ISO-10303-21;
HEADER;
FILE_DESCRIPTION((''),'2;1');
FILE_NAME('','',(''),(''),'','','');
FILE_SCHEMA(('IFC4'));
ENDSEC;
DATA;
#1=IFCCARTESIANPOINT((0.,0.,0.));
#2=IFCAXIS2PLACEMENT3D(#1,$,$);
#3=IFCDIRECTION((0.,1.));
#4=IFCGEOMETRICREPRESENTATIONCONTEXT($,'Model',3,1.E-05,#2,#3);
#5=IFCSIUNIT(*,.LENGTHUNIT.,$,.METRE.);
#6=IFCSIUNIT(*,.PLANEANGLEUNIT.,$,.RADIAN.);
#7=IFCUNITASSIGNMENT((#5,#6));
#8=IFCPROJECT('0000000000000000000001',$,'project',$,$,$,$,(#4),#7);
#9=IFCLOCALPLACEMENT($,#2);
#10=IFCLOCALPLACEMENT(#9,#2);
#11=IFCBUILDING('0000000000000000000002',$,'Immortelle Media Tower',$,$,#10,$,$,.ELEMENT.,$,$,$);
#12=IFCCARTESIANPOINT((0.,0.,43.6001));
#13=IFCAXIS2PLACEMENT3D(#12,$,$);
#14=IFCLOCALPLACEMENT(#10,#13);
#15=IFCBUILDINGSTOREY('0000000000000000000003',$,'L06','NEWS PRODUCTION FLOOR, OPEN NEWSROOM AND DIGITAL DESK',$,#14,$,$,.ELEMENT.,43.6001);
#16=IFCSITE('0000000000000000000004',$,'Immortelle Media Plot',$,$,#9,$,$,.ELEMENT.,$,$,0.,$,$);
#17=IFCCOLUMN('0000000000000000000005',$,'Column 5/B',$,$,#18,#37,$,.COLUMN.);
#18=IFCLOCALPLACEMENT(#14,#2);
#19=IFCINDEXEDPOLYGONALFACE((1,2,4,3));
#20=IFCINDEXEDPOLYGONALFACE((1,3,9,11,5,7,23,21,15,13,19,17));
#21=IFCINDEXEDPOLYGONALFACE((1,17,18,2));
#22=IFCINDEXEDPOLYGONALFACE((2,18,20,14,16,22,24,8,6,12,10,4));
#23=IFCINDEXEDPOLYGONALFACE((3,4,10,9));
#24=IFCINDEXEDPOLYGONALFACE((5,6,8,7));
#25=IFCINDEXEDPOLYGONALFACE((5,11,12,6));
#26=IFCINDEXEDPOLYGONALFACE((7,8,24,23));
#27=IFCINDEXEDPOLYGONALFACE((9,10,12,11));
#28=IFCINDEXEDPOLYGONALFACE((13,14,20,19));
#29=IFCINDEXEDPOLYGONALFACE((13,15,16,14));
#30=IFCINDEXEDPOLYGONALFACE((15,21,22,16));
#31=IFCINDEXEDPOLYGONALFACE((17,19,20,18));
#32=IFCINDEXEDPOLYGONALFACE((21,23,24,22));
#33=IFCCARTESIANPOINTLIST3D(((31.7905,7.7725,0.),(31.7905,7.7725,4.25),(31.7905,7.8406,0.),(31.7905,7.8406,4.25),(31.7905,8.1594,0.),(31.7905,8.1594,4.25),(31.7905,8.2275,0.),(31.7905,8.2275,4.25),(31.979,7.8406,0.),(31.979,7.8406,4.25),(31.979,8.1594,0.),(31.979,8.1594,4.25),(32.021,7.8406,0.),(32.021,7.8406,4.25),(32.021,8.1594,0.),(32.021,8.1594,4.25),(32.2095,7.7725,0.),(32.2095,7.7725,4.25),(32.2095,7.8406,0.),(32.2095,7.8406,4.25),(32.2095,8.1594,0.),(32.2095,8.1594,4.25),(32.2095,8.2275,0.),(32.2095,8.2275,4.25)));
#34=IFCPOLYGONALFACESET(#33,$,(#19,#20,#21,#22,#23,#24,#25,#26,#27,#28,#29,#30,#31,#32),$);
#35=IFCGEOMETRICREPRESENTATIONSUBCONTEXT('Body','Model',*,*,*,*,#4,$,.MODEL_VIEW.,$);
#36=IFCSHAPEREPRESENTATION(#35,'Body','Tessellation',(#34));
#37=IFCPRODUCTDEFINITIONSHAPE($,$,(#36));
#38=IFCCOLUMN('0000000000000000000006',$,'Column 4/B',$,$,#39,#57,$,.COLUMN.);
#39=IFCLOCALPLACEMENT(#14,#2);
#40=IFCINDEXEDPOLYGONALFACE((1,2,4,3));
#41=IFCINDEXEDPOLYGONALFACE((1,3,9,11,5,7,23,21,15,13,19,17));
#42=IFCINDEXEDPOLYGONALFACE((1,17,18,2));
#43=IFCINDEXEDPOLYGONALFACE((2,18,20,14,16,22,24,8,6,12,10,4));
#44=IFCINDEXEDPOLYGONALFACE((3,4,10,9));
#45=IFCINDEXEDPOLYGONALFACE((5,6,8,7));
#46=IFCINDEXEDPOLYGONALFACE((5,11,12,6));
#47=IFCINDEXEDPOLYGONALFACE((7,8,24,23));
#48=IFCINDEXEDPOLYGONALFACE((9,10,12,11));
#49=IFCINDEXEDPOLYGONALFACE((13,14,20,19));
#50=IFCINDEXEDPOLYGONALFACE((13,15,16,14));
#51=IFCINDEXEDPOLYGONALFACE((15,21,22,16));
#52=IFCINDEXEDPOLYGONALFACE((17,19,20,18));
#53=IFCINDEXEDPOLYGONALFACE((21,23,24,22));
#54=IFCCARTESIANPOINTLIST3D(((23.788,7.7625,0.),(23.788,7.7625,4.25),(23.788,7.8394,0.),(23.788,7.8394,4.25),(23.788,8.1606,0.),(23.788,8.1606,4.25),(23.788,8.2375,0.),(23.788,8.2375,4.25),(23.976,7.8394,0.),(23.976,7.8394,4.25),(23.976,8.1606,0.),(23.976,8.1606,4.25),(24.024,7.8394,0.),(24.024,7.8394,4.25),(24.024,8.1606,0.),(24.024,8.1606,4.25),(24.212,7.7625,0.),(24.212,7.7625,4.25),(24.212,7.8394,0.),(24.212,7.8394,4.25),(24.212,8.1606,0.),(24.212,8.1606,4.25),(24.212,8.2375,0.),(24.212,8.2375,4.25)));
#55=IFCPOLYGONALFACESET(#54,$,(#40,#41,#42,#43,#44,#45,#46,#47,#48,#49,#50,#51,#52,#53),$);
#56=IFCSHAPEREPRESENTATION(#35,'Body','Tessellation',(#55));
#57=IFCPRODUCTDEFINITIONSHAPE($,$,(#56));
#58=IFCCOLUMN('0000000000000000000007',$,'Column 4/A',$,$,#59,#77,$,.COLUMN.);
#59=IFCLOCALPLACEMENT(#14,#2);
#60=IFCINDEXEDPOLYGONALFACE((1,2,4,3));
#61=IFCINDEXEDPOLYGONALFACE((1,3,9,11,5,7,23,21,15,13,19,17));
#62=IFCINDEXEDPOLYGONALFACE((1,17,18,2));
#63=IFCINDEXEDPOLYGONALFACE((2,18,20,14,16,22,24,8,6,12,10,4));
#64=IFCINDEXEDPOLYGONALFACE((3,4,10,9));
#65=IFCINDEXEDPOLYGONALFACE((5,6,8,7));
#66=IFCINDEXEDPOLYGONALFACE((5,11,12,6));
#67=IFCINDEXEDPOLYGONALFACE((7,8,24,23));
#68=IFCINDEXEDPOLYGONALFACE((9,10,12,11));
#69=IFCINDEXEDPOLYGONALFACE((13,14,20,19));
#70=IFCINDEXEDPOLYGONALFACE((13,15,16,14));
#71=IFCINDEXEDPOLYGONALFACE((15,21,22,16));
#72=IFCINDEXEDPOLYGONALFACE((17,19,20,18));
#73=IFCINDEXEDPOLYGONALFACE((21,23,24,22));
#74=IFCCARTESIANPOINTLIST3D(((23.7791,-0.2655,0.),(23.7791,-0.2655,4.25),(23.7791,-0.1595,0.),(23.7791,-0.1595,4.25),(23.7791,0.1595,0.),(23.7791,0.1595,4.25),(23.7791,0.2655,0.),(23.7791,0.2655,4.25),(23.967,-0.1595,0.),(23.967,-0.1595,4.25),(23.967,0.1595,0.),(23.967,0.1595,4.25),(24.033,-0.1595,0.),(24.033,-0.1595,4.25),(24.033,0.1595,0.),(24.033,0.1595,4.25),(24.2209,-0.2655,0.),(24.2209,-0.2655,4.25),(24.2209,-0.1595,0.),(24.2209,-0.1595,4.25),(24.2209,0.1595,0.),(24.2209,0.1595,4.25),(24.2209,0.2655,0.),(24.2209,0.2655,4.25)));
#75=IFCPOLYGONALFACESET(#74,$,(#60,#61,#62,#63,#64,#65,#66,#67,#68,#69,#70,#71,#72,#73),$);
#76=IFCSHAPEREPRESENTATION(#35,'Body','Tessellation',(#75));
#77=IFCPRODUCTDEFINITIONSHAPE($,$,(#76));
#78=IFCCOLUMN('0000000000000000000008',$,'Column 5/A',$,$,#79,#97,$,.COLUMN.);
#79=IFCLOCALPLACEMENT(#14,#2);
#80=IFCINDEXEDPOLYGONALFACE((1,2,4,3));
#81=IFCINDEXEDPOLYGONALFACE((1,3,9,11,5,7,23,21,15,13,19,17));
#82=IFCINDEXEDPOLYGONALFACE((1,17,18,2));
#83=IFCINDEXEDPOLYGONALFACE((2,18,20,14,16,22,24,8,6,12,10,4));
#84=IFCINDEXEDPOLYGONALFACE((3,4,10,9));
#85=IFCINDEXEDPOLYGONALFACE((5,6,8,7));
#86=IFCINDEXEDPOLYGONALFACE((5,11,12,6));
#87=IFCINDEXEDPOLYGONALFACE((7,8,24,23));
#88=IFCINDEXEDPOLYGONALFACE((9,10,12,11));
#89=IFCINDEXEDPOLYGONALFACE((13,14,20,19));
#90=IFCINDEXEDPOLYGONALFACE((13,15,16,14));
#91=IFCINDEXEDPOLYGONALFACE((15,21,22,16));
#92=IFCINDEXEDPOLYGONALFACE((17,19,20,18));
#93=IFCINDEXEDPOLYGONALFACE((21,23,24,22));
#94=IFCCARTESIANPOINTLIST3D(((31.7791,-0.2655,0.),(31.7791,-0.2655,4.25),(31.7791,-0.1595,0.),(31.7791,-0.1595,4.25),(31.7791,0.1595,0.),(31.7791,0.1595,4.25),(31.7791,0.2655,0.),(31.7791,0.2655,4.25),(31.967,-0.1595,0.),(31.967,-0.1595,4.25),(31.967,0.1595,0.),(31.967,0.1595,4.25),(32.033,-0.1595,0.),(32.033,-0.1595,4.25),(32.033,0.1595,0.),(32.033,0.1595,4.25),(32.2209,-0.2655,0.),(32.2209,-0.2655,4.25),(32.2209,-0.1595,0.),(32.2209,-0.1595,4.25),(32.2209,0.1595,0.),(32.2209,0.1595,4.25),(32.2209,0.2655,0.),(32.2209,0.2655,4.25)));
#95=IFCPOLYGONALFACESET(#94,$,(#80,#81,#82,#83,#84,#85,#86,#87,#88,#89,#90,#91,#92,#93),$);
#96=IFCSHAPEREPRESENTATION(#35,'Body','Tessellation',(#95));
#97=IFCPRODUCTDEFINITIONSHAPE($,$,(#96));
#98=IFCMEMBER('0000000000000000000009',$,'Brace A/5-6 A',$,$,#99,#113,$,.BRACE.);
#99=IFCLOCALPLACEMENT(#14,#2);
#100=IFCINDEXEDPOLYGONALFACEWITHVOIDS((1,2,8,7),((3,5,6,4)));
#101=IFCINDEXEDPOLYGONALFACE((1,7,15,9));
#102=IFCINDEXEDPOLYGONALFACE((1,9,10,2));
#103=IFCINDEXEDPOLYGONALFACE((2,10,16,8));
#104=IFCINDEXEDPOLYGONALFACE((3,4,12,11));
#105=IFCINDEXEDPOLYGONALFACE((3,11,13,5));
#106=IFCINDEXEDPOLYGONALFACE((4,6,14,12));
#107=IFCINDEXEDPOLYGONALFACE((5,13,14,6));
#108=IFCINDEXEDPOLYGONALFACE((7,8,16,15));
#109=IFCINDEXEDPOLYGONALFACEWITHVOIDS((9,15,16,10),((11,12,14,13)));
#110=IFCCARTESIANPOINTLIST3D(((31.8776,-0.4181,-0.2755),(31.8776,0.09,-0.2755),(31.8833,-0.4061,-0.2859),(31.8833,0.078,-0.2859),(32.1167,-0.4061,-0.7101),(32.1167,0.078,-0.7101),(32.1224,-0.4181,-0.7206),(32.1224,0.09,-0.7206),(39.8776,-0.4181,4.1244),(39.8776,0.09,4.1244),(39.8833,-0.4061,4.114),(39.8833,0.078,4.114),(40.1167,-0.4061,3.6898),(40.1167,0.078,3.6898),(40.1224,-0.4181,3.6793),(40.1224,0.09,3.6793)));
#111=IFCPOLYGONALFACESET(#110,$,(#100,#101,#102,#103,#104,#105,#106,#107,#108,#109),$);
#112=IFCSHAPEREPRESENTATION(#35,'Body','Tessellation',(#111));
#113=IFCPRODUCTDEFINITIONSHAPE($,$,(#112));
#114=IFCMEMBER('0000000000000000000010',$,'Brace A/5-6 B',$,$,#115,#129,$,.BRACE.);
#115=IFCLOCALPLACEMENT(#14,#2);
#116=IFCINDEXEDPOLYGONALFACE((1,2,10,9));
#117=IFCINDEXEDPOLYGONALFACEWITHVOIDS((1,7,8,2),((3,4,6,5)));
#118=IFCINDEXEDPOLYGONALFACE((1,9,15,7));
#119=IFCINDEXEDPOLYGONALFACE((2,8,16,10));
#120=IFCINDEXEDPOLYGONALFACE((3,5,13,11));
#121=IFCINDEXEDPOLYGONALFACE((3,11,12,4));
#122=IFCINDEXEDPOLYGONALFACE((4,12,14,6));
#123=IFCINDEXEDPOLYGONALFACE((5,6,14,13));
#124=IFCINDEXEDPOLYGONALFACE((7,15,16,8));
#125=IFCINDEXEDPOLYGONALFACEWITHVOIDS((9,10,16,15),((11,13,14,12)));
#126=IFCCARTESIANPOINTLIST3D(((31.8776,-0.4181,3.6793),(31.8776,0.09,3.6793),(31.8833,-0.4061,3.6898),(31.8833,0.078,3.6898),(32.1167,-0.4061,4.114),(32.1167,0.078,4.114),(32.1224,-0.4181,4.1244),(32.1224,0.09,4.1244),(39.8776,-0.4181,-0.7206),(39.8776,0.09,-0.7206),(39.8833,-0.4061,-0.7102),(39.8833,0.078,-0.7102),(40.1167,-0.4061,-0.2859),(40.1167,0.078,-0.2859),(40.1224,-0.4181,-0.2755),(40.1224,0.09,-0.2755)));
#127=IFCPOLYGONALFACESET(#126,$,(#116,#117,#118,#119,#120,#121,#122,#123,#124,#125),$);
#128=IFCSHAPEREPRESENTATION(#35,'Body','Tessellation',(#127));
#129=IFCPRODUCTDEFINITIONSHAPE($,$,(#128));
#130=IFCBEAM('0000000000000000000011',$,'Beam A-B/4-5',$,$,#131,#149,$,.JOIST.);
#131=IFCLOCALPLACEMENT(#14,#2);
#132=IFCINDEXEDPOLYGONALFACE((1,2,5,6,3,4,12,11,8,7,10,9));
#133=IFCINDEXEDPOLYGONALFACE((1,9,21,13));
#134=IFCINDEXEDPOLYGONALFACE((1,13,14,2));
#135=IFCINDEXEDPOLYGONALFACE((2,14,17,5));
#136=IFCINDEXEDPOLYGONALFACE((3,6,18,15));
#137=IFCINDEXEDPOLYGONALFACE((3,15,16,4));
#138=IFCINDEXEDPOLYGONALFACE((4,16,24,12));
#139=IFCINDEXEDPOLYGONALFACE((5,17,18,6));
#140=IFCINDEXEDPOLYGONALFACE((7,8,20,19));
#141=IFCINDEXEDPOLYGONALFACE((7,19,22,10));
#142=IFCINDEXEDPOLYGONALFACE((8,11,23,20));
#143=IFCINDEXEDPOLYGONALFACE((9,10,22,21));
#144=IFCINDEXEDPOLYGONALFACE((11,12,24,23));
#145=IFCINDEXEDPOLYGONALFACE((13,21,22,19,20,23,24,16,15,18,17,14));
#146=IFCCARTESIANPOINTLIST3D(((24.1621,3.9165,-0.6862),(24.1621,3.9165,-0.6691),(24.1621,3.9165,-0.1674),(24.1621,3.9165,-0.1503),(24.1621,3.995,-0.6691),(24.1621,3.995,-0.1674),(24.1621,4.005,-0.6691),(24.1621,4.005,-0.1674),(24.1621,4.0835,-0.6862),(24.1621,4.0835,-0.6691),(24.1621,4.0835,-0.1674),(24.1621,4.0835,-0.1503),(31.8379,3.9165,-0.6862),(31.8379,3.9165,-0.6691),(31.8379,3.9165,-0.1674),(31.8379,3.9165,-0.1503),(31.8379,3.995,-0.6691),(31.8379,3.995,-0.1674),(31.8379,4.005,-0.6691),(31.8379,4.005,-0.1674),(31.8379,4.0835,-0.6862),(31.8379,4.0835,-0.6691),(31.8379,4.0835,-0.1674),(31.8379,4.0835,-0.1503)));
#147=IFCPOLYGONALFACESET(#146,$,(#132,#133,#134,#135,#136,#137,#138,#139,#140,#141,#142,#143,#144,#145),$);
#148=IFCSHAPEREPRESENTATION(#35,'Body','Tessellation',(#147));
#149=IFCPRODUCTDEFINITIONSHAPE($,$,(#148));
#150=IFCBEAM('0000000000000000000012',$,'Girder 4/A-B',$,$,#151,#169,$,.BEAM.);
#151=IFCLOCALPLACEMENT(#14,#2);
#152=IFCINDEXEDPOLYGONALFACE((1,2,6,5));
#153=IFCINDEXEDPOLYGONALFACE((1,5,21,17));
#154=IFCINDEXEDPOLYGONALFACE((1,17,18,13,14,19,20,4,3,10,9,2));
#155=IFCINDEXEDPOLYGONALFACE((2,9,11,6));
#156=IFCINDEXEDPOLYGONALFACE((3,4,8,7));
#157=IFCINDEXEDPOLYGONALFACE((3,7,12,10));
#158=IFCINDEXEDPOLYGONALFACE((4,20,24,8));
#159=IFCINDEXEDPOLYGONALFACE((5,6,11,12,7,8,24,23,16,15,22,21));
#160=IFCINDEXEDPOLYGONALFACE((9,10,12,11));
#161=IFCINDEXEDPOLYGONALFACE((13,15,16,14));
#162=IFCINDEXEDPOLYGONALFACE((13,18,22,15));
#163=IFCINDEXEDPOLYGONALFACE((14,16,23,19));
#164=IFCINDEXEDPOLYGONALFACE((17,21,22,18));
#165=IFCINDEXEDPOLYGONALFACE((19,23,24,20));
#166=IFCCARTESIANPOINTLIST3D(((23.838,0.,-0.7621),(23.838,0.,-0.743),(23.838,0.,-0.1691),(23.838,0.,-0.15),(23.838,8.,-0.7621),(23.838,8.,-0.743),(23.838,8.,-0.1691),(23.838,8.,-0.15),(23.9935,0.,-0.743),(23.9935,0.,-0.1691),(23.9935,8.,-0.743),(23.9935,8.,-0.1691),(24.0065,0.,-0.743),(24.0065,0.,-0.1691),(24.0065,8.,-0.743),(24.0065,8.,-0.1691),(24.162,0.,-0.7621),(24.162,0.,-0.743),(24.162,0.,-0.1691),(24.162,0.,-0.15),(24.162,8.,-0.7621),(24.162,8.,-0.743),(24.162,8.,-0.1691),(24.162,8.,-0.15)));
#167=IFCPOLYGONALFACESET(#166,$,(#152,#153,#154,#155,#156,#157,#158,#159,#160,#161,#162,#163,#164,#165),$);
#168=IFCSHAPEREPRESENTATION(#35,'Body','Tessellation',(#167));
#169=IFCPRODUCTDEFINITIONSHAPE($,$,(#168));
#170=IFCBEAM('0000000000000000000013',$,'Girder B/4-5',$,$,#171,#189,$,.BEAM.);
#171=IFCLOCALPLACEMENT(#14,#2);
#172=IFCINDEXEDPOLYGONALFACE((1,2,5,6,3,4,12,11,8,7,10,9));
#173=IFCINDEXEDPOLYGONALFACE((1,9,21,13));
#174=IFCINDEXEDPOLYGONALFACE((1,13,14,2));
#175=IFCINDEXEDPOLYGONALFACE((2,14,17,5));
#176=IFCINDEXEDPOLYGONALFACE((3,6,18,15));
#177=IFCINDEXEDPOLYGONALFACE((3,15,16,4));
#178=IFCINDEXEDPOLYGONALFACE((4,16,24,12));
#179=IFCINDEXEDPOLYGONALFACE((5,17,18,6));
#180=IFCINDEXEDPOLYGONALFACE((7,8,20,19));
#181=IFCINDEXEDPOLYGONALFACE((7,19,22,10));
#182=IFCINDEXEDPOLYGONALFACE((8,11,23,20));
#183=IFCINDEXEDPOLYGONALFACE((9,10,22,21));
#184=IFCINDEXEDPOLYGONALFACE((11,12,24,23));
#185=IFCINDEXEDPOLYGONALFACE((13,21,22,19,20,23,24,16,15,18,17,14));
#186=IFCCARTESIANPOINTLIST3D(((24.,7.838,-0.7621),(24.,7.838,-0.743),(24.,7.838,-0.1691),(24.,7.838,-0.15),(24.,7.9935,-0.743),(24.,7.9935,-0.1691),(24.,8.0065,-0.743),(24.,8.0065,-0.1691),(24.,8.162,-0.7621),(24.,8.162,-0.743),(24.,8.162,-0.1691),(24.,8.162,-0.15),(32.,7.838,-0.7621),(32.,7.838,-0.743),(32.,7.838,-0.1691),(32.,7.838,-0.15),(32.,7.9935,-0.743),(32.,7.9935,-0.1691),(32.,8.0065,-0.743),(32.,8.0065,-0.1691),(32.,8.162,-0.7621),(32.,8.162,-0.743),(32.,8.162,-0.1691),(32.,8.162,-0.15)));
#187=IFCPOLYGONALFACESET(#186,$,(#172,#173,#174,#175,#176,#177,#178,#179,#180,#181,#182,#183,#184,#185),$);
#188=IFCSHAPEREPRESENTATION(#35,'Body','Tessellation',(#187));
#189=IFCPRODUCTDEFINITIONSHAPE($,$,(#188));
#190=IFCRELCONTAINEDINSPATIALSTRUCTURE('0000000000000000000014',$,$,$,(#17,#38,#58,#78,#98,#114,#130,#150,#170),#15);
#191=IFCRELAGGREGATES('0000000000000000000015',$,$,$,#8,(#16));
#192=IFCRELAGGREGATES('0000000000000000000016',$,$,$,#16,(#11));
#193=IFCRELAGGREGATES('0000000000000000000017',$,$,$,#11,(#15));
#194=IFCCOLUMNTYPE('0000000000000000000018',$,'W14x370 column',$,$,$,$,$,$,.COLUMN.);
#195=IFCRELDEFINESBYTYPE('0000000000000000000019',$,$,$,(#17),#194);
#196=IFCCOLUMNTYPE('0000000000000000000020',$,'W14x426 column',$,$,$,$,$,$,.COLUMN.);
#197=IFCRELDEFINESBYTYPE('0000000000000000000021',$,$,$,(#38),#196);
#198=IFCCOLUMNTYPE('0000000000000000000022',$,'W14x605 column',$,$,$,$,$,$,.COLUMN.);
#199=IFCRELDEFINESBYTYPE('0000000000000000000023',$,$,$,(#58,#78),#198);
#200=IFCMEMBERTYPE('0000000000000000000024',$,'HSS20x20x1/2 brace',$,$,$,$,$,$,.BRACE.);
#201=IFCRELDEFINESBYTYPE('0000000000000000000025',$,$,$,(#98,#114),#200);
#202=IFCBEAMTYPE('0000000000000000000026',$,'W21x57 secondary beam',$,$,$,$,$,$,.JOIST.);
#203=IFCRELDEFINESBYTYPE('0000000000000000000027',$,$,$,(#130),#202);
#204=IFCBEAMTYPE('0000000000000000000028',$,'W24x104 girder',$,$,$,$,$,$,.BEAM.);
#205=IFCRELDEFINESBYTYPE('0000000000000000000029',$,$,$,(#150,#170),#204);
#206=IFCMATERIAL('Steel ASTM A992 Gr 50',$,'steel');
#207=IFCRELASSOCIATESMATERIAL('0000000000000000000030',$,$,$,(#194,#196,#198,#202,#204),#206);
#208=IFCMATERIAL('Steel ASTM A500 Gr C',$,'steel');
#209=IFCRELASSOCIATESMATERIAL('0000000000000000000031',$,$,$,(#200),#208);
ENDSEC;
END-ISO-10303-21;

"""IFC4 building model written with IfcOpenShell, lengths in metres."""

from ifc_helpers import new_model, si_unit, direction, frame, origin, origin_2d, place, context, subcontext, project, spatial, hollow_rectangle, i_section, extrude, material, material_profile, profile_set, type_object, element, save


model = new_model("IFC4")

# Units and contexts
model_context = context("Model", 3, precision=1e-05, world=origin(), true_north=direction((0.0, 1.0)))
body_context = subcontext(model_context, "Body", "Model", "MODEL_VIEW")
ifc_project = project(units=[si_unit("LENGTHUNIT", "METRE"), si_unit("PLANEANGLEUNIT", "RADIAN")], contexts=[model_context])

# Site, building, storey
site_placement = place(None, origin())
site = spatial("IfcSite", under=ifc_project, at=site_placement, Name="Immortelle Media Plot", CompositionType="ELEMENT", RefElevation=0.0)
building_placement = place(site_placement, origin())
building = spatial("IfcBuilding", under=site, at=building_placement, Name="Immortelle Media Tower", CompositionType="ELEMENT")
storey_placement = place(building_placement, frame((0.0, 0.0, 43.6001)))
storey = spatial("IfcBuildingStorey", under=building, at=storey_placement, Name="L06", Description="NEWS PRODUCTION FLOOR, OPEN NEWSROOM AND DIGITAL DESK", CompositionType="ELEMENT", Elevation=43.6001)

# Columns
ifc_material_1 = material(Name="Steel ASTM A992 Gr 50", Category="steel")
ifc_material_profile_1 = material_profile(ifc_material_1, i_section(OverallWidth=0.4189, OverallDepth=0.4551, WebThickness=0.042, FlangeThickness=0.0681, at=origin_2d()), Name="W14x370")
ifc_profile_set_1 = profile_set([ifc_material_profile_1], Name="Steel ASTM A992 Gr 50")
column_type_1 = type_object("IfcColumnType", Name="W14x370 column", PredefinedType="COLUMN", material=ifc_profile_set_1)
column_1_placement = place(storey_placement, frame((32.0, 8.0, 0.0), z_axis=(0.0, 0.0, 1.0), x_axis=(1.0, 0.0, 0.0)))
element("IfcColumn", 1, at=column_1_placement, inside=storey, type_object=column_type_1, Name="Column 5/B", PredefinedType="COLUMN", context=body_context, shape_type="SweptSolid", body=[
    extrude(i_section(OverallWidth=0.4189, OverallDepth=0.4551, WebThickness=0.042, FlangeThickness=0.0681, at=origin_2d()), origin(), (0.0, 0.0, 1.0), 4.25),
])
ifc_material_profile_2 = material_profile(ifc_material_1, i_section(OverallWidth=0.4241, OverallDepth=0.4751, WebThickness=0.0481, FlangeThickness=0.0769, at=origin_2d()), Name="W14x426")
ifc_profile_set_2 = profile_set([ifc_material_profile_2], Name="Steel ASTM A992 Gr 50")
column_type_2 = type_object("IfcColumnType", Name="W14x426 column", PredefinedType="COLUMN", material=ifc_profile_set_2)
column_2_placement = place(storey_placement, frame((24.0, 8.0, 0.0), z_axis=(0.0, 0.0, 1.0), x_axis=(1.0, 0.0, 0.0)))
element("IfcColumn", 2, at=column_2_placement, inside=storey, type_object=column_type_2, Name="Column 4/B", PredefinedType="COLUMN", context=body_context, shape_type="SweptSolid", body=[
    extrude(i_section(OverallWidth=0.4241, OverallDepth=0.4751, WebThickness=0.0481, FlangeThickness=0.0769, at=origin_2d()), origin(), (0.0, 0.0, 1.0), 4.25),
])
ifc_material_profile_3 = material_profile(ifc_material_1, i_section(OverallWidth=0.4419, OverallDepth=0.531, WebThickness=0.0659, FlangeThickness=0.106, at=origin_2d()), Name="W14x605")
ifc_profile_set_3 = profile_set([ifc_material_profile_3], Name="Steel ASTM A992 Gr 50")
column_type_3 = type_object("IfcColumnType", Name="W14x605 column", PredefinedType="COLUMN", material=ifc_profile_set_3)
for number, where, z_axis, x_axis, name in (
    (3, (24.0, 0.0, 0.0), (0.0, 0.0, 1.0), (1.0, 0.0, 0.0), "Column 4/A"),
    (4, (32.0, 0.0, 0.0), (0.0, 0.0, 1.0), (1.0, 0.0, 0.0), "Column 5/A"),
):
    element("IfcColumn", number, at=place(storey_placement, frame(where, z_axis=z_axis, x_axis=x_axis)), inside=storey, type_object=column_type_3, Name=name, PredefinedType="COLUMN", context=body_context, shape_type="SweptSolid", body=[
        extrude(i_section(OverallWidth=0.4419, OverallDepth=0.531, WebThickness=0.0659, FlangeThickness=0.106, at=origin_2d()), origin(), (0.0, 0.0, 1.0), 4.25),
    ])

# Members
ifc_material_2 = material(Name="Steel ASTM A500 Gr C", Category="steel")
ifc_material_profile_4 = material_profile(ifc_material_2, hollow_rectangle(XDim=0.5081, YDim=0.5081, WallThickness=0.012, at=origin_2d()), Name="HSS20x20x1/2 brace")
ifc_profile_set_4 = profile_set([ifc_material_profile_4], Name="Steel ASTM A500 Gr C")
member_type = type_object("IfcMemberType", Name="HSS20x20x1/2 brace", PredefinedType="BRACE", material=ifc_profile_set_4)
for number, where, z_axis, x_axis, name in (
    (5, (32.0, -0.1641, -0.498), (0.87622, 0.0, 0.481911), (0.0, 1.0, 0.0), "Brace A/5-6 A"),
    (6, (32.0, -0.1641, 3.9019), (0.87622, 0.0, -0.481911), (0.0, 1.0, 0.0), "Brace A/5-6 B"),
):
    element("IfcMember", number, at=place(storey_placement, frame(where, z_axis=z_axis, x_axis=x_axis)), inside=storey, type_object=member_type, Name=name, PredefinedType="BRACE", context=body_context, shape_type="SweptSolid", body=[
        extrude(hollow_rectangle(XDim=0.5081, YDim=0.5081, WallThickness=0.012, at=origin_2d()), origin(), (0.0, 0.0, 1.0), 9.1301),
    ])

# Beams
ifc_material_profile_5 = material_profile(ifc_material_1, i_section(OverallWidth=0.167, OverallDepth=0.5359, WebThickness=0.01, FlangeThickness=0.0171, at=origin_2d()), Name="W21x57")
ifc_profile_set_5 = profile_set([ifc_material_profile_5], Name="Steel ASTM A992 Gr 50")
beam_type_1 = type_object("IfcBeamType", Name="W21x57 secondary beam", PredefinedType="JOIST", material=ifc_profile_set_5)
beam_placement = place(storey_placement, frame((24.1621, 4.0, -0.4182), z_axis=(1.0, 0.0, 0.0), x_axis=(0.0, 1.0, 0.0)))
element("IfcBeam", 7, at=beam_placement, inside=storey, type_object=beam_type_1, Name="Beam A-B/4-5", PredefinedType="JOIST", context=body_context, shape_type="SweptSolid", body=[
    extrude(i_section(OverallWidth=0.167, OverallDepth=0.5359, WebThickness=0.01, FlangeThickness=0.0171, at=origin_2d()), origin(), (0.0, 0.0, 1.0), 7.6758),
])
ifc_material_profile_6 = material_profile(ifc_material_1, i_section(OverallWidth=0.324, OverallDepth=0.6121, WebThickness=0.0129, FlangeThickness=0.019, at=origin_2d()), Name="W24x104")
ifc_profile_set_6 = profile_set([ifc_material_profile_6], Name="Steel ASTM A992 Gr 50")
beam_type_2 = type_object("IfcBeamType", Name="W24x104 girder", PredefinedType="BEAM", material=ifc_profile_set_6)
for number, where, z_axis, x_axis, name in (
    (8, (24.0, 0.0, -0.4561), (0.0, 1.0, 0.0), (-1.0, 0.0, 0.0), "Girder 4/A-B"),
    (9, (24.0, 8.0, -0.4561), (1.0, 0.0, 0.0), (0.0, 1.0, 0.0), "Girder B/4-5"),
):
    element("IfcBeam", number, at=place(storey_placement, frame(where, z_axis=z_axis, x_axis=x_axis)), inside=storey, type_object=beam_type_2, Name=name, PredefinedType="BEAM", context=body_context, shape_type="SweptSolid", body=[
        extrude(i_section(OverallWidth=0.324, OverallDepth=0.6121, WebThickness=0.0129, FlangeThickness=0.019, at=origin_2d()), origin(), (0.0, 0.0, 1.0), 8.0),
    ])

save(model, "model.ifc")
